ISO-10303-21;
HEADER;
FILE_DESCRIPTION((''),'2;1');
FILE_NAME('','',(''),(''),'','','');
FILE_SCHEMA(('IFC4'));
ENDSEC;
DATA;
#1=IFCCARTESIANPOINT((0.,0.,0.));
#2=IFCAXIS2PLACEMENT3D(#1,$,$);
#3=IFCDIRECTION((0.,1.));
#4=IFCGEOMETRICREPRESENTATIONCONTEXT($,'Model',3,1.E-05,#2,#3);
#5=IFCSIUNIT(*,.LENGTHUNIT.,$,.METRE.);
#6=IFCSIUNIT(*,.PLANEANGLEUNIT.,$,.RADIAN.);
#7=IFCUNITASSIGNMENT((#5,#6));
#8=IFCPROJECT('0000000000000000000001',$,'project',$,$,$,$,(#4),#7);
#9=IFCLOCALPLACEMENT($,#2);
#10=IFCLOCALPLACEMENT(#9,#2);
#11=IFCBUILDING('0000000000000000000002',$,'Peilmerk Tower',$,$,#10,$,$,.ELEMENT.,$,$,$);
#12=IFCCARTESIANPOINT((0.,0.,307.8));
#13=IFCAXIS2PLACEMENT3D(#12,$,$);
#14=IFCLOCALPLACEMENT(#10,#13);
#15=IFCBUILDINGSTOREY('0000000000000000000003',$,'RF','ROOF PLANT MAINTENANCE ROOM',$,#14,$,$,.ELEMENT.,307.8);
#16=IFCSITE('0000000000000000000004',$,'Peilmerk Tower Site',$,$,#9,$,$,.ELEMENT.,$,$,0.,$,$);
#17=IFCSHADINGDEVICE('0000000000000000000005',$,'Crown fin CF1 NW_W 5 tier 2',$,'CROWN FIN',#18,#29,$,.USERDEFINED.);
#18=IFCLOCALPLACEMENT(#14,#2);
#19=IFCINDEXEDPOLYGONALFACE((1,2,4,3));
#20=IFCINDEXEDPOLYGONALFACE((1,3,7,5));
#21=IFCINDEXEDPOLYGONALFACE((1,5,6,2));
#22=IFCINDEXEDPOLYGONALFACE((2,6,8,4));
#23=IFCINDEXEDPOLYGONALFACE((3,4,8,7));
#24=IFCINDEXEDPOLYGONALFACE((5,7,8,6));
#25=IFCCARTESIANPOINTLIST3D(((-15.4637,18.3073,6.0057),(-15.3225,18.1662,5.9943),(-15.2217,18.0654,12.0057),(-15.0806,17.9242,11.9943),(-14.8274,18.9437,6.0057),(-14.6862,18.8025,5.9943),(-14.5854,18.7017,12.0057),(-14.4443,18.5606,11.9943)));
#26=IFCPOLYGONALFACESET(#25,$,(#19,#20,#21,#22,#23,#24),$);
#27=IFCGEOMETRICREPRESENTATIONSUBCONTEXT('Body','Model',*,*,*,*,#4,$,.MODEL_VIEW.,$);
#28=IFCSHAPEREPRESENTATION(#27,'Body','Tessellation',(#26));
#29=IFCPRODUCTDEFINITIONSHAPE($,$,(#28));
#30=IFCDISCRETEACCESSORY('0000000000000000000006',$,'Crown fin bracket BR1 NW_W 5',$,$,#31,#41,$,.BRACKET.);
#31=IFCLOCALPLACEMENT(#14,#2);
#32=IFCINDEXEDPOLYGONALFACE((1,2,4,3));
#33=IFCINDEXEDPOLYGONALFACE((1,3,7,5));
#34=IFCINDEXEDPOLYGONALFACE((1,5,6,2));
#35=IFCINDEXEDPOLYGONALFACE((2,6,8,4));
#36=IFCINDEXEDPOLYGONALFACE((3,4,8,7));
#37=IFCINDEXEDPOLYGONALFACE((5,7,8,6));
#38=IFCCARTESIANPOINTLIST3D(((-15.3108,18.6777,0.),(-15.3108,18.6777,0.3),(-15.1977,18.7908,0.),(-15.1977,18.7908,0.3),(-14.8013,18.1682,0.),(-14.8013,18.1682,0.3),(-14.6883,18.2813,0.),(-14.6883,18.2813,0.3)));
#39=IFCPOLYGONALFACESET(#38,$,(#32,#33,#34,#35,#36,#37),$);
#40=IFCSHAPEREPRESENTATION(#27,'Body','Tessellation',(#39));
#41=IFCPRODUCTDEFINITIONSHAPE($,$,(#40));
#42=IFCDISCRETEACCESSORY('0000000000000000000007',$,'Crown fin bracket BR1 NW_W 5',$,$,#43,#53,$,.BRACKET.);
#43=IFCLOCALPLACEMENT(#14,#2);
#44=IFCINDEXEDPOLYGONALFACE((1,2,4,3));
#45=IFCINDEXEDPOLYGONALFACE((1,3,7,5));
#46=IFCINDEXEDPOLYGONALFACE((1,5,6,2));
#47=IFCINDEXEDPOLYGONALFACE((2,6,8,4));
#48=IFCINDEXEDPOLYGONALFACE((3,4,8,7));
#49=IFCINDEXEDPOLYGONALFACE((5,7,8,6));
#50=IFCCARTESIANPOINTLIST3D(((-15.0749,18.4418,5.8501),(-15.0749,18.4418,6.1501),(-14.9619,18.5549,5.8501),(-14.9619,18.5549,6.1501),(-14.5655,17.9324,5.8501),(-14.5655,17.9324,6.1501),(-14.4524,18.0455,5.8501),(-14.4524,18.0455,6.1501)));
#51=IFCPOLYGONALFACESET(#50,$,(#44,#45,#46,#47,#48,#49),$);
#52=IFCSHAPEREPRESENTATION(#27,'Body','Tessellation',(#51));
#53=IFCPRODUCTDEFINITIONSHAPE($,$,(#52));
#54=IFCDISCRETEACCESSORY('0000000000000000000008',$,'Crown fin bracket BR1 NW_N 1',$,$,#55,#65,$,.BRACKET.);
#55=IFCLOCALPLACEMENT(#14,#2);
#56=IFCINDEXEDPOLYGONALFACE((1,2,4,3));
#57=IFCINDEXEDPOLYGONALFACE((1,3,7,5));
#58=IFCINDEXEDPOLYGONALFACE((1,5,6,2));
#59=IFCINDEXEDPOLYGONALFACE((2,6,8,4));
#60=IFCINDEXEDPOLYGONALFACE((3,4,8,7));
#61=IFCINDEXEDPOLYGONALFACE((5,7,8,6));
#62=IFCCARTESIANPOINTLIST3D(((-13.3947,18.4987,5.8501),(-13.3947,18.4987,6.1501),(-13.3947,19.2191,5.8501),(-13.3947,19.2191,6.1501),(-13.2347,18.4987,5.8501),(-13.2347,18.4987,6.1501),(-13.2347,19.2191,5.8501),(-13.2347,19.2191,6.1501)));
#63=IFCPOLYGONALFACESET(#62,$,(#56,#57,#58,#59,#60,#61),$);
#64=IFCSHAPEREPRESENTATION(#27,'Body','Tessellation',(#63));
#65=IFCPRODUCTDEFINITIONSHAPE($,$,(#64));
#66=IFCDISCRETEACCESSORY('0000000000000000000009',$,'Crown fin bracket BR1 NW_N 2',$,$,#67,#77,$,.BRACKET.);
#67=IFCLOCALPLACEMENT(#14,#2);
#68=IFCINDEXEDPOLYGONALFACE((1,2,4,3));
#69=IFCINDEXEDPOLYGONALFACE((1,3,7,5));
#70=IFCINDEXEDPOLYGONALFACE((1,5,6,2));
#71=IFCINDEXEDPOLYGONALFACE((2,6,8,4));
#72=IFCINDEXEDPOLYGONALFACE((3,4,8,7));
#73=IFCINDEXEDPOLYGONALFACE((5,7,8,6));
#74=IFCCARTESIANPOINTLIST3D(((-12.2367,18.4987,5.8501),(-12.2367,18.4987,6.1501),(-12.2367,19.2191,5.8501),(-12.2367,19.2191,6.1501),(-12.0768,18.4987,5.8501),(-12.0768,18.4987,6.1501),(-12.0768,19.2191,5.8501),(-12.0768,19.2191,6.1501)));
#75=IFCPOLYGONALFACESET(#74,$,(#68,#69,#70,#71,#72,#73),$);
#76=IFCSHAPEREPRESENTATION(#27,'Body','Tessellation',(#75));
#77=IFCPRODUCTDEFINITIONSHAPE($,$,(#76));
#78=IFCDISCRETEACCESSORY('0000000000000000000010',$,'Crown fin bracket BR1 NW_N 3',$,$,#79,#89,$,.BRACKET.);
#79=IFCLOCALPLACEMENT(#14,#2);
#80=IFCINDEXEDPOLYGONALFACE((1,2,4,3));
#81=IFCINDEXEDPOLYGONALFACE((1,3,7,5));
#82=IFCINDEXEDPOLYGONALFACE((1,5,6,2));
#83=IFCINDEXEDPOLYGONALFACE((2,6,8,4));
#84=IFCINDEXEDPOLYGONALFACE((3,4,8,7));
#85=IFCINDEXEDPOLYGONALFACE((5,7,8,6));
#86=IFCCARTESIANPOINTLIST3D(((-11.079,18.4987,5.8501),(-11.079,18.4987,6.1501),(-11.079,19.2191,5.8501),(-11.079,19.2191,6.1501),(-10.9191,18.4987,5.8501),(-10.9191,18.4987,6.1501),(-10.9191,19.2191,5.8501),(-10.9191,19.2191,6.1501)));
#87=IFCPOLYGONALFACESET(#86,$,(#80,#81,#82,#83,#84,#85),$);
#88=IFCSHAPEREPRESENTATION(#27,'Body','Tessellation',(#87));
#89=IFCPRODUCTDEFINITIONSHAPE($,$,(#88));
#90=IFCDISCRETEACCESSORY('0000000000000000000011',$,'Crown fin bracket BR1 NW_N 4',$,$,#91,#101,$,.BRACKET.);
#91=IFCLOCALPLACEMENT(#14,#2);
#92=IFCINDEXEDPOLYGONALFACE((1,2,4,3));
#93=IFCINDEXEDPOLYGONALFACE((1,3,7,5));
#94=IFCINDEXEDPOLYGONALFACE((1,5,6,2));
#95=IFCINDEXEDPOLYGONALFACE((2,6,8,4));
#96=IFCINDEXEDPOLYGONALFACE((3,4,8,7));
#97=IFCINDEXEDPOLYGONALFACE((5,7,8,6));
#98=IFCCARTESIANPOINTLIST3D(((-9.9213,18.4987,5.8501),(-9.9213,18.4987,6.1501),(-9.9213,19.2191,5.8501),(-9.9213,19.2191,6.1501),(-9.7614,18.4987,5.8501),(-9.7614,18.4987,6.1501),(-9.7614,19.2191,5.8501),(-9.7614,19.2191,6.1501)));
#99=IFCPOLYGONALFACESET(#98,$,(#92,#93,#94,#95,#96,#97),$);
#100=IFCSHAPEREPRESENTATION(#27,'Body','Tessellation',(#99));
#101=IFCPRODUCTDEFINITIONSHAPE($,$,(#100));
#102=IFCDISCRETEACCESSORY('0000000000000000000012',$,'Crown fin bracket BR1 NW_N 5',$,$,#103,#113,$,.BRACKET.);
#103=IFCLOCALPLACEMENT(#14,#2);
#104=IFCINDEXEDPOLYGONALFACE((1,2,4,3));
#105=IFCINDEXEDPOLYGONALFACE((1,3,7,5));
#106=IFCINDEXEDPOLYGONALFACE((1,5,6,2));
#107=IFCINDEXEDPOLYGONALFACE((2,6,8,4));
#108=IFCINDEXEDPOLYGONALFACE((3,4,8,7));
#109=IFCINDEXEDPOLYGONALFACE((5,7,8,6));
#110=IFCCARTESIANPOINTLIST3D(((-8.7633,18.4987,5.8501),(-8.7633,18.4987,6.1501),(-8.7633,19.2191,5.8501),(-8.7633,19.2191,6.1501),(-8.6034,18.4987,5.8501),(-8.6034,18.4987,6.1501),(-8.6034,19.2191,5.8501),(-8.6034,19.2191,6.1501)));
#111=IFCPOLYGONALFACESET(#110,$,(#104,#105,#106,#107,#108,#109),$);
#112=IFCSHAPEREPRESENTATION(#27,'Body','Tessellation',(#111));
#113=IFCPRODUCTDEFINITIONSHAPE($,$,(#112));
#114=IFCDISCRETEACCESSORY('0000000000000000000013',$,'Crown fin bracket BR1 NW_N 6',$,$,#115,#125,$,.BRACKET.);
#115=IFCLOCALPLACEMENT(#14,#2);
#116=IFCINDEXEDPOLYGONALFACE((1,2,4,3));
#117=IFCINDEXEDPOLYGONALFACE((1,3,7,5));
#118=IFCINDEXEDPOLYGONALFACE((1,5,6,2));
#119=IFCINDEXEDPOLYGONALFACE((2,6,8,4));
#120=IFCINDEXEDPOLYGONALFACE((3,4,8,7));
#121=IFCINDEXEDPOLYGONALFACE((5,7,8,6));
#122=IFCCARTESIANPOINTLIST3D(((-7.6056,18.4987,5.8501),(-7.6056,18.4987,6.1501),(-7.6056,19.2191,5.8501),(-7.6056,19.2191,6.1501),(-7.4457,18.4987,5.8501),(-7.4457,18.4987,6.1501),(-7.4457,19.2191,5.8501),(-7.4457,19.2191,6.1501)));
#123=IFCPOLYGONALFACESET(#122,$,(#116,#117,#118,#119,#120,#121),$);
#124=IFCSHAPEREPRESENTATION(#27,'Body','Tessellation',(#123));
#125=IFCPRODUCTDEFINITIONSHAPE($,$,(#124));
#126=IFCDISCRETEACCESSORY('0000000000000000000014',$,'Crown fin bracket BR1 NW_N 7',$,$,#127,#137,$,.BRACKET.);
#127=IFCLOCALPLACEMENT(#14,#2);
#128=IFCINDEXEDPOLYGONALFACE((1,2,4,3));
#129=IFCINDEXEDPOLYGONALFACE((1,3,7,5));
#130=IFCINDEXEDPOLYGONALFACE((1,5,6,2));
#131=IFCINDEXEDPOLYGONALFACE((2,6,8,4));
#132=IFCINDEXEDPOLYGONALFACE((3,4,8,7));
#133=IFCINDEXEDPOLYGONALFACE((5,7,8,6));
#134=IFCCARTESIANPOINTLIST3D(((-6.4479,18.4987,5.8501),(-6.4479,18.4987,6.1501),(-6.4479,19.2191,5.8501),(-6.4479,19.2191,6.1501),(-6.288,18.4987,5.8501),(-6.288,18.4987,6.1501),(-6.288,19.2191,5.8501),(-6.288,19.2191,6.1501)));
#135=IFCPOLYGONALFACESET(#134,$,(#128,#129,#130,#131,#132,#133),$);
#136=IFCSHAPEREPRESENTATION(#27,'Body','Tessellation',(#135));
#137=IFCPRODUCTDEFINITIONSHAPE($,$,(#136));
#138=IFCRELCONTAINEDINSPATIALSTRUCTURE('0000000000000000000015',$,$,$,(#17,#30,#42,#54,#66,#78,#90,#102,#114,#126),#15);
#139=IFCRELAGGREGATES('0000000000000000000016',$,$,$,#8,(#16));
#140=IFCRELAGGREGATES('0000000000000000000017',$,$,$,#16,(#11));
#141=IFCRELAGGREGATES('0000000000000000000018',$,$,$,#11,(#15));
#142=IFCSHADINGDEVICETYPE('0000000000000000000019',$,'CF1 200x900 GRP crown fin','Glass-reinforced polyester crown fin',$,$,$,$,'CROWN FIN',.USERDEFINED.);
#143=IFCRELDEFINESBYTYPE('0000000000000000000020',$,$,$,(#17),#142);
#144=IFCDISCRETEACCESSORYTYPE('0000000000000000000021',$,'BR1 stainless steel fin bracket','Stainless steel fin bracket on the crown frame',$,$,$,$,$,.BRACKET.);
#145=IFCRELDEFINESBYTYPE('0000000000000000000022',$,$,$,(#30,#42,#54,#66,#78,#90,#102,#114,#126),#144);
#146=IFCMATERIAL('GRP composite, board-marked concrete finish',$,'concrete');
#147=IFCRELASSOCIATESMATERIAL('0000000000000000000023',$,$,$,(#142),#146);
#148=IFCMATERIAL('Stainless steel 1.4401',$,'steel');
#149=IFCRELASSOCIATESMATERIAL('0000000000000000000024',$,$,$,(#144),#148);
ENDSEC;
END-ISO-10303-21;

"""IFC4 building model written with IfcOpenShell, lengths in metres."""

from ifc_helpers import new_model, si_unit, direction, frame, origin, origin_2d, place, context, subcontext, project, spatial, rectangle, extrude, source, transform, mapped, material, material_profile, profile_set, type_object, element, save


model = new_model("IFC4")

# Units and contexts
model_context = context("Model", 3, precision=1e-05, world=origin(), true_north=direction((0.0, 1.0)))
body_context = subcontext(model_context, "Body", "Model", "MODEL_VIEW")
ifc_project = project(units=[si_unit("LENGTHUNIT", "METRE"), si_unit("PLANEANGLEUNIT", "RADIAN")], contexts=[model_context])

# Site, building, storey
site_placement = place(None, origin())
site = spatial("IfcSite", under=ifc_project, at=site_placement, Name="Peilmerk Tower Site", CompositionType="ELEMENT", RefElevation=0.0)
building_placement = place(site_placement, origin())
building = spatial("IfcBuilding", under=site, at=building_placement, Name="Peilmerk Tower", CompositionType="ELEMENT")
storey_placement = place(building_placement, frame((0.0, 0.0, 307.8)))
storey = spatial("IfcBuildingStorey", under=building, at=storey_placement, Name="RF", Description="ROOF PLANT MAINTENANCE ROOM", CompositionType="ELEMENT", Elevation=307.8)

# Shading device
ifc_material_1 = material(Name="GRP composite, board-marked concrete finish", Category="concrete")
ifc_material_profile_1 = material_profile(ifc_material_1, rectangle(XDim=0.2, YDim=0.8999, at=origin_2d()), Name="CF1 200x900")
ifc_profile_set_1 = profile_set([ifc_material_profile_1], Name="GRP composite, board-marked concrete finish")
shading_device_type = type_object("IfcShadingDeviceType", Name="CF1 200x900 GRP crown fin", Description="Glass-reinforced polyester crown fin", ElementType="CROWN FIN", PredefinedType="USERDEFINED", material=ifc_profile_set_1)
shared_shape_1 = source(origin(), body_context, "Body", "SweptSolid", [
    extrude(rectangle(XDim=0.2, YDim=0.8999, at=origin_2d()), origin(), (0.0, 0.0, 1.0), 6.0098),
])
shading_device_placement = place(storey_placement, frame((-15.075, 18.5549, 6.0), z_axis=(0.040258, -0.040258, 0.998378), x_axis=(-0.70596, 0.70596, 0.056934)))
element("IfcShadingDevice", 1, at=shading_device_placement, inside=storey, type_object=shading_device_type, Name="Crown fin CF1 NW_W 5 tier 2", ObjectType="CROWN FIN", PredefinedType="USERDEFINED", context=body_context, shape_type="MappedRepresentation", body=[
    mapped(shared_shape_1, transform((0.0, 0.0, 0.0), scale=1.0)),
])

# Discrete accessories
ifc_material_2 = material(Name="Stainless steel 1.4401", Category="steel")
discrete_accessory_type = type_object("IfcDiscreteAccessoryType", Name="BR1 stainless steel fin bracket", Description="Stainless steel fin bracket on the crown frame", PredefinedType="BRACKET", material=ifc_material_2)
shared_shape_2 = source(origin(), body_context, "Body", "SweptSolid", [
    extrude(rectangle(XDim=0.7205, YDim=0.1599, at=origin_2d()), origin(), (0.0, 0.0, 1.0), 0.3),
])
for number, where, z_axis, x_axis, name in (
    (2, (-14.9995, 18.4795, 0.0), (0.0, 0.0, 1.0), (-0.707107, 0.707107, 0.0), "Crown fin bracket BR1 NW_W 5"),
    (3, (-14.7637, 18.2437, 5.8501), (0.0, 0.0, 1.0), (-0.707107, 0.707107, 0.0), "Crown fin bracket BR1 NW_W 5"),
    (4, (-13.3147, 18.8589, 5.8501), (0.0, 0.0, 1.0), (0.0, 1.0, 0.0), "Crown fin bracket BR1 NW_N 1"),
    (5, (-12.1567, 18.8589, 5.8501), (0.0, 0.0, 1.0), (0.0, 1.0, 0.0), "Crown fin bracket BR1 NW_N 2"),
    (6, (-10.999, 18.8589, 5.8501), (0.0, 0.0, 1.0), (0.0, 1.0, 0.0), "Crown fin bracket BR1 NW_N 3"),
    (7, (-9.8413, 18.8589, 5.8501), (0.0, 0.0, 1.0), (0.0, 1.0, 0.0), "Crown fin bracket BR1 NW_N 4"),
    (8, (-8.6833, 18.8589, 5.8501), (0.0, 0.0, 1.0), (0.0, 1.0, 0.0), "Crown fin bracket BR1 NW_N 5"),
    (9, (-7.5256, 18.8589, 5.8501), (0.0, 0.0, 1.0), (0.0, 1.0, 0.0), "Crown fin bracket BR1 NW_N 6"),
    (10, (-6.3679, 18.8589, 5.8501), (0.0, 0.0, 1.0), (0.0, 1.0, 0.0), "Crown fin bracket BR1 NW_N 7"),
):
    element("IfcDiscreteAccessory", number, at=place(storey_placement, frame(where, z_axis=z_axis, x_axis=x_axis)), inside=storey, type_object=discrete_accessory_type, Name=name, PredefinedType="BRACKET", context=body_context, shape_type="MappedRepresentation", body=[
        mapped(shared_shape_2, transform((0.0, 0.0, 0.0), scale=1.0)),
    ])

save(model, "model.ifc")
